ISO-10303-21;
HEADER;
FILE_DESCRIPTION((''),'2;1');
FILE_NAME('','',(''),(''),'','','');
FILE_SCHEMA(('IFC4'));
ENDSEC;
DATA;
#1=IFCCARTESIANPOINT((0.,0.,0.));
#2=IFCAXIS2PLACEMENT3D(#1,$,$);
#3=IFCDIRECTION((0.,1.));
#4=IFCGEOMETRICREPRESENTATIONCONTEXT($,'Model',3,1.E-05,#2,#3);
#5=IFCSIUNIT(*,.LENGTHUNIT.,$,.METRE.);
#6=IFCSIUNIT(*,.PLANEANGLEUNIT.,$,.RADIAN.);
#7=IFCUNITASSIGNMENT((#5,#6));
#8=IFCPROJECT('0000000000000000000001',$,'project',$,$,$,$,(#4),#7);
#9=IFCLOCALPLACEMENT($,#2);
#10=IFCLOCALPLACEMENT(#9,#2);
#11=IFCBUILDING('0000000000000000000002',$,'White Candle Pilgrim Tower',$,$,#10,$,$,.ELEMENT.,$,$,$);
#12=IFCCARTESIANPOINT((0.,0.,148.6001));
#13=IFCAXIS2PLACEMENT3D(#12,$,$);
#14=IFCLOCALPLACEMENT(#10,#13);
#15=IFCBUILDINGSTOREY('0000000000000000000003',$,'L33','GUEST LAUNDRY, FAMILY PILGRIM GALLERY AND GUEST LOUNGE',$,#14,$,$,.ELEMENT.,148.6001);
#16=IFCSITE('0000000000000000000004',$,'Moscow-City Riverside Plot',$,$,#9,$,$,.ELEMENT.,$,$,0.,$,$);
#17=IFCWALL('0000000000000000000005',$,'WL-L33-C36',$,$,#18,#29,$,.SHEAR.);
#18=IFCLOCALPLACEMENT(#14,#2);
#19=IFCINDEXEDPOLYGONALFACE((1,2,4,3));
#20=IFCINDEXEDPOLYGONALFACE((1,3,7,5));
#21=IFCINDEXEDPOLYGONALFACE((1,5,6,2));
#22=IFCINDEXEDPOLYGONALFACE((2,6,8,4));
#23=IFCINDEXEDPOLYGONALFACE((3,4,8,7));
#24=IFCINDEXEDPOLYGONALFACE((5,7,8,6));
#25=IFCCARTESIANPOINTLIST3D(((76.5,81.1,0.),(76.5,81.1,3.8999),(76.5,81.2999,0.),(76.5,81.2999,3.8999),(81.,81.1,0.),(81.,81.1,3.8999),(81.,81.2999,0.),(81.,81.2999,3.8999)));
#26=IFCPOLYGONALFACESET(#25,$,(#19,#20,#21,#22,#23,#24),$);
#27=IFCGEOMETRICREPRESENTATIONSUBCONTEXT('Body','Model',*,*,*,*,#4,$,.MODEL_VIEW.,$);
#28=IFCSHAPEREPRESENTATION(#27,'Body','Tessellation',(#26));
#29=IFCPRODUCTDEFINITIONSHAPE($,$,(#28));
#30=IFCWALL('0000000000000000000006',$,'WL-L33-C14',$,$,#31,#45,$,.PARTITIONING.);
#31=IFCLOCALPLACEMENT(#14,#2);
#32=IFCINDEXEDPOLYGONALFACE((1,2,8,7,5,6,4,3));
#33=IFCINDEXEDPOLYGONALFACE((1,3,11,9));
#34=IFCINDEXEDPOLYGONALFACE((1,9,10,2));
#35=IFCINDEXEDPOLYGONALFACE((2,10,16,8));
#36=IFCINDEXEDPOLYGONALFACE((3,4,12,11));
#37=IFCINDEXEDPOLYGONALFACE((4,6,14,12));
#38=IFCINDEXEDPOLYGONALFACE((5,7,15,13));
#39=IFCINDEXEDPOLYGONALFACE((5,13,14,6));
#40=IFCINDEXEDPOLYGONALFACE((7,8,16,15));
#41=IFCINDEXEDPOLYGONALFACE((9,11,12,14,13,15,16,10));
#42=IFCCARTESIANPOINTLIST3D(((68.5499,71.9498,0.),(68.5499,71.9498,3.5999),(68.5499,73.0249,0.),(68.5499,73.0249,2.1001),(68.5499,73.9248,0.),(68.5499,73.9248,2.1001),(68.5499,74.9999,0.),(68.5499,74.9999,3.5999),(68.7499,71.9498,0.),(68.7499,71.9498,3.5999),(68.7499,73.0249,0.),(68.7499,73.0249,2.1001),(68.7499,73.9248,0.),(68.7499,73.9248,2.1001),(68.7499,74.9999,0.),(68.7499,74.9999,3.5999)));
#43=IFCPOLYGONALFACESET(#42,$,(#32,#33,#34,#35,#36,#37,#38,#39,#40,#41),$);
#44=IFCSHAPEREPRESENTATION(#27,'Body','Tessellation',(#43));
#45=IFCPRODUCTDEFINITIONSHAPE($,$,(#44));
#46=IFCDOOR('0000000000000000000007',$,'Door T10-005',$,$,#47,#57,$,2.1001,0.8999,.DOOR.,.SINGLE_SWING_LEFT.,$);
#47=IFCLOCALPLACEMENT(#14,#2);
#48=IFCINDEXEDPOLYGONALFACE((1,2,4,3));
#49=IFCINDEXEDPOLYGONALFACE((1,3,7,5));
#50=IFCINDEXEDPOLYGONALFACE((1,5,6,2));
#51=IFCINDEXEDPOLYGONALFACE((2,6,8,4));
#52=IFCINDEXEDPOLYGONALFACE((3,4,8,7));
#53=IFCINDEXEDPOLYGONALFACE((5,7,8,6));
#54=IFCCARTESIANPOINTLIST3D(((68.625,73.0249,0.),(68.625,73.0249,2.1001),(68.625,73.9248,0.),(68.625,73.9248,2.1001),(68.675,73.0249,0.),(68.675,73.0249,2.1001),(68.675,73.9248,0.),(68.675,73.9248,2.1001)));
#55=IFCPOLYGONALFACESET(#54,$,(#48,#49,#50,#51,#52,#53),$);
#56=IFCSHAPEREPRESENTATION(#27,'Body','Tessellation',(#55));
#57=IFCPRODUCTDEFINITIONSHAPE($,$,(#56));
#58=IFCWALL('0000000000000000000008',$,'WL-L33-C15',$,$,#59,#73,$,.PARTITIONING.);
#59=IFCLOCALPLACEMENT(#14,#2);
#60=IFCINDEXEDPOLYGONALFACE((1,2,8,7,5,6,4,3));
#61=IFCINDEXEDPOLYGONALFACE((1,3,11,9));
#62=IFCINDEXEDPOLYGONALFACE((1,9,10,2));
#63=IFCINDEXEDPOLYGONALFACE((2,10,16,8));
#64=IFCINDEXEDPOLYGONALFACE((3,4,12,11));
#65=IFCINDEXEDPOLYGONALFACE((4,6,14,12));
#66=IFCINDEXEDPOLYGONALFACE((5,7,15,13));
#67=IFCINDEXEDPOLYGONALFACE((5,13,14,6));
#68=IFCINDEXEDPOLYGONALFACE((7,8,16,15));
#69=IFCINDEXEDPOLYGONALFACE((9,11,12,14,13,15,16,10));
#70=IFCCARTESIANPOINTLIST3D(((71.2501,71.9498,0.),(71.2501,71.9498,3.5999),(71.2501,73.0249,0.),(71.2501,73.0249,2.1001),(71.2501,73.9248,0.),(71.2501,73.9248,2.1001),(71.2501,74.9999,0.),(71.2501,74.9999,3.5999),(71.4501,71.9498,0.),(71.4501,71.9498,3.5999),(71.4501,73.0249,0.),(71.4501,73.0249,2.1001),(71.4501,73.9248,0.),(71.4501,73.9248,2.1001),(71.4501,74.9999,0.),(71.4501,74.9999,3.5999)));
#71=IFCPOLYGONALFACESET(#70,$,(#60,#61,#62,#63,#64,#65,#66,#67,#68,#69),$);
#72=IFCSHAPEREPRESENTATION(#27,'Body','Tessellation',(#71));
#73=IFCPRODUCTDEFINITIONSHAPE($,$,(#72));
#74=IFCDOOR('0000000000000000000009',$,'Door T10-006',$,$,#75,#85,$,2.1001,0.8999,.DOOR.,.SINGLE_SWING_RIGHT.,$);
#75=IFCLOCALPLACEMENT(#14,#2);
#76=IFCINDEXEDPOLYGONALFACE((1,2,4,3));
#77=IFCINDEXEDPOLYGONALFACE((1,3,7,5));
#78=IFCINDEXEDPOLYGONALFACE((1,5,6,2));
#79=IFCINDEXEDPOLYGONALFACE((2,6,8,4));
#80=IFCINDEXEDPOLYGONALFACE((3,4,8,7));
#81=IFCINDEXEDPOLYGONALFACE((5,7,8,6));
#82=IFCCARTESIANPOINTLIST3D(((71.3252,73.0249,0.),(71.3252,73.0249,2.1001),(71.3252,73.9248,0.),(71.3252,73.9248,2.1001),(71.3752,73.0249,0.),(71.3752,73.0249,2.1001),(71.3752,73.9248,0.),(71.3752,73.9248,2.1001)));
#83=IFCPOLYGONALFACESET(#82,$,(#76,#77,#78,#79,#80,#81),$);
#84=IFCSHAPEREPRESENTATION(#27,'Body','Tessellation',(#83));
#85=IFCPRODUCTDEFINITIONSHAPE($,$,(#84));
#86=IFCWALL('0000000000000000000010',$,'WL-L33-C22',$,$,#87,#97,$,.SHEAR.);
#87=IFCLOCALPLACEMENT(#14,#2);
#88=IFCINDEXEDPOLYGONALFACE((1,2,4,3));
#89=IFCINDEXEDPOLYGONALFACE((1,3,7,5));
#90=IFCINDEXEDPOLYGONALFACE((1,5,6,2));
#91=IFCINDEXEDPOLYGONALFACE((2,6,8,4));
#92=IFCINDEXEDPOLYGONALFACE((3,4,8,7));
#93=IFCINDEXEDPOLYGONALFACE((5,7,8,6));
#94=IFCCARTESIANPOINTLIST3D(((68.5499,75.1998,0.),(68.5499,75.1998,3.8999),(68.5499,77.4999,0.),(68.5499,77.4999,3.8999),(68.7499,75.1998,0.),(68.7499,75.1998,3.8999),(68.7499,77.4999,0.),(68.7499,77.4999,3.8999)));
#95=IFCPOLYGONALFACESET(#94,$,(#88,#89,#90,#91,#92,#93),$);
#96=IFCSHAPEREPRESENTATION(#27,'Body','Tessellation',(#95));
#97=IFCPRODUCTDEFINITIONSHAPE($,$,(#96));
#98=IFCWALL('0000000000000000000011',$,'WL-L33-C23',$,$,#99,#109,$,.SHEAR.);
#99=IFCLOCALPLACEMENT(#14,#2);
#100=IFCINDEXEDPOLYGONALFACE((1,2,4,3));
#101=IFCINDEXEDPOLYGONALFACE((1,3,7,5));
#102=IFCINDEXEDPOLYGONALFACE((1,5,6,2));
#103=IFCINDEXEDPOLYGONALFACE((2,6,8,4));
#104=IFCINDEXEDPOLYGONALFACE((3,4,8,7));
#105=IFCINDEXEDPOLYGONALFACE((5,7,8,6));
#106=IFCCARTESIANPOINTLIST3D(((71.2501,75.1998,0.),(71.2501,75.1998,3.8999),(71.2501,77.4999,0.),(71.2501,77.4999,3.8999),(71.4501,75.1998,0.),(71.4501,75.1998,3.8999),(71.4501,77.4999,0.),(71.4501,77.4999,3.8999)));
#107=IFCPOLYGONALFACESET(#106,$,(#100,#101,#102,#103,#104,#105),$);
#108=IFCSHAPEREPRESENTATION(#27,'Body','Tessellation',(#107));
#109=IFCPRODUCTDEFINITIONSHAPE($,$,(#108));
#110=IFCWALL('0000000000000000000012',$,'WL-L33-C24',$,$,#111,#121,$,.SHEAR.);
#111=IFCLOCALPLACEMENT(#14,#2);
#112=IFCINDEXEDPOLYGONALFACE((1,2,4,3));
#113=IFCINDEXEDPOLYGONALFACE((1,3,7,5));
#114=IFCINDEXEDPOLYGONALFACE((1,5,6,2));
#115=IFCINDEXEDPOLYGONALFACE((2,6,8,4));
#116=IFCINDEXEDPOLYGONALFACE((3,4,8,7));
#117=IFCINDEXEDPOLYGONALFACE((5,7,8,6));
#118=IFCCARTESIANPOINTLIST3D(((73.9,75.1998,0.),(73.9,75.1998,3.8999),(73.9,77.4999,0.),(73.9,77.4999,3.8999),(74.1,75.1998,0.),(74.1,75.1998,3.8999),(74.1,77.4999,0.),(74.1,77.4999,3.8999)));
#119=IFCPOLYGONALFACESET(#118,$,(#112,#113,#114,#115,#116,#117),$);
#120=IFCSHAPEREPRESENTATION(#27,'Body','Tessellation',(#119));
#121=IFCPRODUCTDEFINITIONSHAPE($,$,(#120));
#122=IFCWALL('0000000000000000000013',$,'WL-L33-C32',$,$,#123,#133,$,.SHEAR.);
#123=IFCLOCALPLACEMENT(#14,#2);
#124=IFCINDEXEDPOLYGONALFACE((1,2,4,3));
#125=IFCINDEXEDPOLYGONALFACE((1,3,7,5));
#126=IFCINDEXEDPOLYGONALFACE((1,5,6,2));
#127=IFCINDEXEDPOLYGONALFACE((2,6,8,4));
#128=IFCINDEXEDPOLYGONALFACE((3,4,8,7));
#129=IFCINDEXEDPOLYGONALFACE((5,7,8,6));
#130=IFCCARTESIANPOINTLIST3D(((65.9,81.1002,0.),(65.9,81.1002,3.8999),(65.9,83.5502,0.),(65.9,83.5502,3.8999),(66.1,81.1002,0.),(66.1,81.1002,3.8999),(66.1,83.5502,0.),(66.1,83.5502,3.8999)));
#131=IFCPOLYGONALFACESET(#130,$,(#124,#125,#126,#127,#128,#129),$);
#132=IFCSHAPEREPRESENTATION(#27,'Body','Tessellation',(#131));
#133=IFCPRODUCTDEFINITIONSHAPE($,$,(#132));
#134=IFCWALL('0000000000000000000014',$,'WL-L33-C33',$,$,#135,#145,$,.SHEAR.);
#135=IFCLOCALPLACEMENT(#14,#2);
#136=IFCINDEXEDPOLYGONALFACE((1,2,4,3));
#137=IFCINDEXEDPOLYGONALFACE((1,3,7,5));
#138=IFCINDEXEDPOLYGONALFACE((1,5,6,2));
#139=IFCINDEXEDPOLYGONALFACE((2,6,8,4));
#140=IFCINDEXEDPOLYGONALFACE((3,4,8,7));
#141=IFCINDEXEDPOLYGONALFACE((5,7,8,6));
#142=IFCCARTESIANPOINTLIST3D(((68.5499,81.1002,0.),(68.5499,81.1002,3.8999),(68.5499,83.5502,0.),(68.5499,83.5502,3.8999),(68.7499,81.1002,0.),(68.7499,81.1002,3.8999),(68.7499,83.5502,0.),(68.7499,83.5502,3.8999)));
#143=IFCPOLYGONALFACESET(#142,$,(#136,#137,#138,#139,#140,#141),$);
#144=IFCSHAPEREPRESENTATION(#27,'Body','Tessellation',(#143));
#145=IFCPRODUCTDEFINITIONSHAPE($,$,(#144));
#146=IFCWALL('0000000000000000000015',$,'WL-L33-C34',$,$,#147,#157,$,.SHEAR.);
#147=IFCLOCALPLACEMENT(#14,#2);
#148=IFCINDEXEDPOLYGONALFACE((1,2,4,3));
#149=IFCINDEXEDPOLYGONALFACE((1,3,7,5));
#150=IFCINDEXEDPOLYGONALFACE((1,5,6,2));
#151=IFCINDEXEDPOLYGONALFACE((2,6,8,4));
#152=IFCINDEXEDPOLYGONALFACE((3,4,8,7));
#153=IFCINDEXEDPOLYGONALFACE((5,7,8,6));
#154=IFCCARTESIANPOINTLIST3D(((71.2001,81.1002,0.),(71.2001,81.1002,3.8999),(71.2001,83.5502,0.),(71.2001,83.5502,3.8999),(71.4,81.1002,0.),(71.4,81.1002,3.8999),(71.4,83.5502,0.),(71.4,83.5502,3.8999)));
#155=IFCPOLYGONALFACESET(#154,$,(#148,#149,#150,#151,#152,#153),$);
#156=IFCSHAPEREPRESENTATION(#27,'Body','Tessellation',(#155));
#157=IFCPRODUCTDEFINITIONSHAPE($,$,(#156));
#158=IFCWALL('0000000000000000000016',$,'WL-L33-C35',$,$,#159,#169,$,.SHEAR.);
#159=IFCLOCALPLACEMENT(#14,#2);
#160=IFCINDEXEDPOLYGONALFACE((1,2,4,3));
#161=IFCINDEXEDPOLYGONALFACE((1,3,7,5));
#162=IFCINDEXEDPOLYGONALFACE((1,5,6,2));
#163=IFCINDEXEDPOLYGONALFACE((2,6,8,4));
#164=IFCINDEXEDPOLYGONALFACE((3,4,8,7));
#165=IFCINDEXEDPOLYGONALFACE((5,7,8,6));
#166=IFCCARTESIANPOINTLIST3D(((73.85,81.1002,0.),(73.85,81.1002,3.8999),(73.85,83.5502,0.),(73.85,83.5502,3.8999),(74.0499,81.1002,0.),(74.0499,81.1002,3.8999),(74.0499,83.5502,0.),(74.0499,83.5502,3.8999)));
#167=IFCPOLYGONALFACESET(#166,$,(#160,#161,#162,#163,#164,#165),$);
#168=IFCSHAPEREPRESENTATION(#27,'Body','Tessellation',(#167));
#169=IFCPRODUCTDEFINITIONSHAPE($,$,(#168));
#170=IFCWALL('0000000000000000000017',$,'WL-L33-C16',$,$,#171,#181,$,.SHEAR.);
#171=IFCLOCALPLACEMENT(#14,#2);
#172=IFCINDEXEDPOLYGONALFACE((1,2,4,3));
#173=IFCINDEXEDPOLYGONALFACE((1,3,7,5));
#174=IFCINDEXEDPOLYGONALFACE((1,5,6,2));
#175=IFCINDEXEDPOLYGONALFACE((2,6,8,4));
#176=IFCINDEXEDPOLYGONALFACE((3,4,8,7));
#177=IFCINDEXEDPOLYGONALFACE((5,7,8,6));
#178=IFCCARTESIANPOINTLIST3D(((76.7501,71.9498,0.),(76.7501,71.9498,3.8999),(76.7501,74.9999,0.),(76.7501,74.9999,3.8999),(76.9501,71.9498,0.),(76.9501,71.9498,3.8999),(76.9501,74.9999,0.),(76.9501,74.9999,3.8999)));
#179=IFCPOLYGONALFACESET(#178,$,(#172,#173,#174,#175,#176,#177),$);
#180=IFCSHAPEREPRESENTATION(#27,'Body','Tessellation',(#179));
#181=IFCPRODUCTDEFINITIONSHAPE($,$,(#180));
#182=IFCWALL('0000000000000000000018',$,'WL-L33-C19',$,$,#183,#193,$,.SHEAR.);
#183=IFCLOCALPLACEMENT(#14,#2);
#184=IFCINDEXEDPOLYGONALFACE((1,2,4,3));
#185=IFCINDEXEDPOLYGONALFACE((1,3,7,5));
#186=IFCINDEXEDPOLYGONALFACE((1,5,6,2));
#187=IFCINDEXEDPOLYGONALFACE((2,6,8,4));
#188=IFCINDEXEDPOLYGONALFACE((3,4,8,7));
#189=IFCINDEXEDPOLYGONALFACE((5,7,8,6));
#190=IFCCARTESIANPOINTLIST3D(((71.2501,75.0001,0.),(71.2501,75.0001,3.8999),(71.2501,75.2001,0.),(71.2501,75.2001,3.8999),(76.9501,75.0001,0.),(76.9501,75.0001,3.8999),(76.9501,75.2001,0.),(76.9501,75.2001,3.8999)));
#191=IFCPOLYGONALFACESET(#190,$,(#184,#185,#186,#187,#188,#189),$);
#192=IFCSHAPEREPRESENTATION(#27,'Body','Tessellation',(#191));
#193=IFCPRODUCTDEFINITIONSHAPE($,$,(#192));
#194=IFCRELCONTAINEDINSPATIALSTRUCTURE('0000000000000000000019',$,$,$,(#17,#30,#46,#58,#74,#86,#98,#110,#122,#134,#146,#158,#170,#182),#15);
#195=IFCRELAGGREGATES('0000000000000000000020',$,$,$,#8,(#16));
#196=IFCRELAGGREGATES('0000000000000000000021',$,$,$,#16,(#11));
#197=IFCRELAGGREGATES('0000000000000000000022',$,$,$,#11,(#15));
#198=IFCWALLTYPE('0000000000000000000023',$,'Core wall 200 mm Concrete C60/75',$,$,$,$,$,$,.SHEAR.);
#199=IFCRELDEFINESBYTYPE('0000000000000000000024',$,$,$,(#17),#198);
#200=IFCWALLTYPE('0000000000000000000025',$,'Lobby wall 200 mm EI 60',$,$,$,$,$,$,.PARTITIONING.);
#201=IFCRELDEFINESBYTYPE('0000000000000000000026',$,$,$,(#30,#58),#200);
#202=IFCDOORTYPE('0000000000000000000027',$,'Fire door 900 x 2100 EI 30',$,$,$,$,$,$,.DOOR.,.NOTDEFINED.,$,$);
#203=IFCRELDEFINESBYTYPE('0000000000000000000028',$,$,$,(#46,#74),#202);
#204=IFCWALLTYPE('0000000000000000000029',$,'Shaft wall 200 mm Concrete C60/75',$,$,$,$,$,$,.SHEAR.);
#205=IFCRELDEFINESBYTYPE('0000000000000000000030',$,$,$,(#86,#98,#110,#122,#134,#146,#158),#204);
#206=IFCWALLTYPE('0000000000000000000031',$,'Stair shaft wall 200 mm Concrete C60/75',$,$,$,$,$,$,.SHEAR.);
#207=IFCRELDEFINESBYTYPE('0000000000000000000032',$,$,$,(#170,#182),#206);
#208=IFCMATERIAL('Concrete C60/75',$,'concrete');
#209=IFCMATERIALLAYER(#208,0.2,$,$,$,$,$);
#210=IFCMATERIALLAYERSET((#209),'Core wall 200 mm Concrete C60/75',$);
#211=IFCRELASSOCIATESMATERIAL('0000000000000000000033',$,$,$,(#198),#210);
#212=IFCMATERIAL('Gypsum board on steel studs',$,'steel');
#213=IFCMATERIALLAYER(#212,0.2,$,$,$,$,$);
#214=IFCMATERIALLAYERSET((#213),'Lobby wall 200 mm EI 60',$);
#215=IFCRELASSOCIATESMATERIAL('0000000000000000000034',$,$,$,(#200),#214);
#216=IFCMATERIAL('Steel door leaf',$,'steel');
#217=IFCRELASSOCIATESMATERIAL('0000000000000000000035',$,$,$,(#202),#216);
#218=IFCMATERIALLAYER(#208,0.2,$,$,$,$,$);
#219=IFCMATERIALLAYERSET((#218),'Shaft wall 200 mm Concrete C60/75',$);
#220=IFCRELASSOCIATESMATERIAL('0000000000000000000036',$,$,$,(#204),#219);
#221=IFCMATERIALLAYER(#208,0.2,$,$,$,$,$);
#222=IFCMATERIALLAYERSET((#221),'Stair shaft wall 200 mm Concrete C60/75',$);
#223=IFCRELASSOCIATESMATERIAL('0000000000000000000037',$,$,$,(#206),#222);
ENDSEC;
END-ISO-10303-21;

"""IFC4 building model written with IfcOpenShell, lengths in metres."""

from ifc_helpers import new_model, si_unit, direction, frame, frame_2d, origin, place, context, subcontext, project, spatial, rectangle, extrude, material, layer, layer_set, type_object, element, fill, save


model = new_model("IFC4")

# Units and contexts
model_context = context("Model", 3, precision=1e-05, world=origin(), true_north=direction((0.0, 1.0)))
body_context = subcontext(model_context, "Body", "Model", "MODEL_VIEW")
ifc_project = project(units=[si_unit("LENGTHUNIT", "METRE"), si_unit("PLANEANGLEUNIT", "RADIAN")], contexts=[model_context])

# Site, building, storey
site_placement = place(None, origin())
site = spatial("IfcSite", under=ifc_project, at=site_placement, Name="Moscow-City Riverside Plot", CompositionType="ELEMENT", RefElevation=0.0)
building_placement = place(site_placement, origin())
building = spatial("IfcBuilding", under=site, at=building_placement, Name="White Candle Pilgrim Tower", CompositionType="ELEMENT")
storey_placement = place(building_placement, frame((0.0, 0.0, 148.6001)))
storey = spatial("IfcBuildingStorey", under=building, at=storey_placement, Name="L33", Description="GUEST LAUNDRY, FAMILY PILGRIM GALLERY AND GUEST LOUNGE", CompositionType="ELEMENT", Elevation=148.6001)

# Wall
ifc_material_1 = material(Name="Concrete C60/75", Category="concrete")
ifc_layer_1 = layer(ifc_material_1, 0.2)
ifc_layer_set_1 = layer_set([ifc_layer_1], Name="Core wall 200 mm Concrete C60/75")
wall_type_1 = type_object("IfcWallType", Name="Core wall 200 mm Concrete C60/75", PredefinedType="SHEAR", material=ifc_layer_set_1)
wall_1_placement = place(storey_placement, frame((76.5, 81.2, 0.0), z_axis=(0.0, 0.0, 1.0), x_axis=(1.0, 0.0, 0.0)))
element("IfcWall", 1, at=wall_1_placement, inside=storey, type_object=wall_type_1, Name="WL-L33-C36", PredefinedType="SHEAR", context=body_context, shape_type="SweptSolid", body=[
    extrude(rectangle(XDim=4.5, YDim=0.2, at=frame_2d((2.25, 0.0))), origin(), (0.0, 0.0, 1.0), 3.8999),
])

# Walls, openings, doors
ifc_material_2 = material(Name="Gypsum board on steel studs", Category="steel")
ifc_layer_2 = layer(ifc_material_2, 0.2)
ifc_layer_set_2 = layer_set([ifc_layer_2], Name="Lobby wall 200 mm EI 60")
wall_type_2 = type_object("IfcWallType", Name="Lobby wall 200 mm EI 60", PredefinedType="PARTITIONING", material=ifc_layer_set_2)
wall_2_placement = place(storey_placement, frame((68.6499, 71.95, 0.0), z_axis=(0.0, 0.0, 1.0), x_axis=(0.0, 1.0, 0.0)))
wall_2 = element("IfcWall", 2, at=wall_2_placement, inside=storey, type_object=wall_type_2, Name="WL-L33-C14", PredefinedType="PARTITIONING", context=body_context, shape_type="SweptSolid", body=[
    extrude(rectangle(XDim=3.05, YDim=0.2, at=frame_2d((1.5249, 0.0))), origin(), (0.0, 0.0, 1.0), 3.5999),
])
opening_1_placement = place(wall_2_placement, frame((1.075, 0.0, 0.0)))
opening_1 = element("IfcOpeningElement", 3, at=opening_1_placement, cuts=wall_2, PredefinedType="OPENING", context=body_context, shape_type="SweptSolid", body=[
    extrude(rectangle(XDim=0.8999, YDim=2.1001, at=frame_2d((0.45, 1.05))), frame((0.0, 0.1099, 0.0), z_axis=(0.0, -1.0, 0.0), x_axis=(1.0, 0.0, 0.0)), (0.0, 0.0, 1.0), 0.22),
])
ifc_material_3 = material(Name="Steel door leaf", Category="steel")
door_type_1 = type_object("IfcDoorType", Name="Fire door 900 x 2100 EI 30", OperationType="NOTDEFINED", PredefinedType="DOOR", material=ifc_material_3)
door_1_placement = place(opening_1_placement, origin())
door_1 = element("IfcDoor", 4, at=door_1_placement, inside=storey, type_object=door_type_1, Name="Door T10-005", OperationType="SINGLE_SWING_LEFT", OverallHeight=2.1001, OverallWidth=0.8999, PredefinedType="DOOR", context=body_context, shape_type="SweptSolid", body=[
    extrude(rectangle(XDim=0.8999, YDim=2.1001, at=frame_2d((0.45, 1.05))), frame((0.0, 0.0249, 0.0), z_axis=(0.0, -1.0, 0.0), x_axis=(1.0, 0.0, 0.0)), (0.0, 0.0, 1.0), 0.05),
])
fill(opening_1, door_1)
wall_3_placement = place(storey_placement, frame((71.3501, 71.95, 0.0), z_axis=(0.0, 0.0, 1.0), x_axis=(0.0, 1.0, 0.0)))
wall_3 = element("IfcWall", 5, at=wall_3_placement, inside=storey, type_object=wall_type_2, Name="WL-L33-C15", PredefinedType="PARTITIONING", context=body_context, shape_type="SweptSolid", body=[
    extrude(rectangle(XDim=3.05, YDim=0.2, at=frame_2d((1.5249, 0.0))), origin(), (0.0, 0.0, 1.0), 3.5999),
])
opening_2_placement = place(wall_3_placement, frame((1.075, 0.0, 0.0)))
opening_2 = element("IfcOpeningElement", 6, at=opening_2_placement, cuts=wall_3, PredefinedType="OPENING", context=body_context, shape_type="SweptSolid", body=[
    extrude(rectangle(XDim=0.8999, YDim=2.1001, at=frame_2d((0.45, 1.05))), frame((0.0, 0.1099, 0.0), z_axis=(0.0, -1.0, 0.0), x_axis=(1.0, 0.0, 0.0)), (0.0, 0.0, 1.0), 0.22),
])
door_2_placement = place(opening_2_placement, origin())
door_2 = element("IfcDoor", 7, at=door_2_placement, inside=storey, type_object=door_type_1, Name="Door T10-006", OperationType="SINGLE_SWING_RIGHT", OverallHeight=2.1001, OverallWidth=0.8999, PredefinedType="DOOR", context=body_context, shape_type="SweptSolid", body=[
    extrude(rectangle(XDim=0.8999, YDim=2.1001, at=frame_2d((0.45, 1.05))), frame((0.0, 0.0249, 0.0), z_axis=(0.0, -1.0, 0.0), x_axis=(1.0, 0.0, 0.0)), (0.0, 0.0, 1.0), 0.05),
])
fill(opening_2, door_2)

# Walls
ifc_layer_3 = layer(ifc_material_1, 0.2)
ifc_layer_set_3 = layer_set([ifc_layer_3], Name="Shaft wall 200 mm Concrete C60/75")
wall_type_3 = type_object("IfcWallType", Name="Shaft wall 200 mm Concrete C60/75", PredefinedType="SHEAR", material=ifc_layer_set_3)
for number, where, z_axis, x_axis, name in (
    (8, (68.6499, 75.2, 0.0), (0.0, 0.0, 1.0), (0.0, 1.0, 0.0), "WL-L33-C22"),
    (9, (71.3501, 75.2, 0.0), (0.0, 0.0, 1.0), (0.0, 1.0, 0.0), "WL-L33-C23"),
    (10, (74.0, 75.2, 0.0), (0.0, 0.0, 1.0), (0.0, 1.0, 0.0), "WL-L33-C24"),
):
    element("IfcWall", number, at=place(storey_placement, frame(where, z_axis=z_axis, x_axis=x_axis)), inside=storey, type_object=wall_type_3, Name=name, PredefinedType="SHEAR", context=body_context, shape_type="SweptSolid", body=[
        extrude(rectangle(XDim=2.3, YDim=0.2, at=frame_2d((1.1499, 0.0))), origin(), (0.0, 0.0, 1.0), 3.8999),
    ])
for number, where, z_axis, x_axis, name in (
    (11, (66.0, 81.1001, 0.0), (0.0, 0.0, 1.0), (0.0, 1.0, 0.0), "WL-L33-C32"),
    (12, (68.6499, 81.1001, 0.0), (0.0, 0.0, 1.0), (0.0, 1.0, 0.0), "WL-L33-C33"),
    (13, (71.3, 81.1001, 0.0), (0.0, 0.0, 1.0), (0.0, 1.0, 0.0), "WL-L33-C34"),
    (14, (73.95, 81.1001, 0.0), (0.0, 0.0, 1.0), (0.0, 1.0, 0.0), "WL-L33-C35"),
):
    element("IfcWall", number, at=place(storey_placement, frame(where, z_axis=z_axis, x_axis=x_axis)), inside=storey, type_object=wall_type_3, Name=name, PredefinedType="SHEAR", context=body_context, shape_type="SweptSolid", body=[
        extrude(rectangle(XDim=2.45, YDim=0.2, at=frame_2d((1.2251, 0.0))), origin(), (0.0, 0.0, 1.0), 3.8999),
    ])
ifc_layer_4 = layer(ifc_material_1, 0.2)
ifc_layer_set_4 = layer_set([ifc_layer_4], Name="Stair shaft wall 200 mm Concrete C60/75")
wall_type_4 = type_object("IfcWallType", Name="Stair shaft wall 200 mm Concrete C60/75", PredefinedType="SHEAR", material=ifc_layer_set_4)
wall_4_placement = place(storey_placement, frame((76.8501, 71.95, 0.0), z_axis=(0.0, 0.0, 1.0), x_axis=(0.0, 1.0, 0.0)))
element("IfcWall", 15, at=wall_4_placement, inside=storey, type_object=wall_type_4, Name="WL-L33-C16", PredefinedType="SHEAR", context=body_context, shape_type="SweptSolid", body=[
    extrude(rectangle(XDim=3.05, YDim=0.2, at=frame_2d((1.5249, 0.0))), origin(), (0.0, 0.0, 1.0), 3.8999),
])
wall_5_placement = place(storey_placement, frame((71.25, 75.1001, 0.0), z_axis=(0.0, 0.0, 1.0), x_axis=(1.0, 0.0, 0.0)))
element("IfcWall", 16, at=wall_5_placement, inside=storey, type_object=wall_type_4, Name="WL-L33-C19", PredefinedType="SHEAR", context=body_context, shape_type="SweptSolid", body=[
    extrude(rectangle(XDim=5.7, YDim=0.2, at=frame_2d((2.8501, 0.0))), origin(), (0.0, 0.0, 1.0), 3.8999),
])

save(model, "model.ifc")
